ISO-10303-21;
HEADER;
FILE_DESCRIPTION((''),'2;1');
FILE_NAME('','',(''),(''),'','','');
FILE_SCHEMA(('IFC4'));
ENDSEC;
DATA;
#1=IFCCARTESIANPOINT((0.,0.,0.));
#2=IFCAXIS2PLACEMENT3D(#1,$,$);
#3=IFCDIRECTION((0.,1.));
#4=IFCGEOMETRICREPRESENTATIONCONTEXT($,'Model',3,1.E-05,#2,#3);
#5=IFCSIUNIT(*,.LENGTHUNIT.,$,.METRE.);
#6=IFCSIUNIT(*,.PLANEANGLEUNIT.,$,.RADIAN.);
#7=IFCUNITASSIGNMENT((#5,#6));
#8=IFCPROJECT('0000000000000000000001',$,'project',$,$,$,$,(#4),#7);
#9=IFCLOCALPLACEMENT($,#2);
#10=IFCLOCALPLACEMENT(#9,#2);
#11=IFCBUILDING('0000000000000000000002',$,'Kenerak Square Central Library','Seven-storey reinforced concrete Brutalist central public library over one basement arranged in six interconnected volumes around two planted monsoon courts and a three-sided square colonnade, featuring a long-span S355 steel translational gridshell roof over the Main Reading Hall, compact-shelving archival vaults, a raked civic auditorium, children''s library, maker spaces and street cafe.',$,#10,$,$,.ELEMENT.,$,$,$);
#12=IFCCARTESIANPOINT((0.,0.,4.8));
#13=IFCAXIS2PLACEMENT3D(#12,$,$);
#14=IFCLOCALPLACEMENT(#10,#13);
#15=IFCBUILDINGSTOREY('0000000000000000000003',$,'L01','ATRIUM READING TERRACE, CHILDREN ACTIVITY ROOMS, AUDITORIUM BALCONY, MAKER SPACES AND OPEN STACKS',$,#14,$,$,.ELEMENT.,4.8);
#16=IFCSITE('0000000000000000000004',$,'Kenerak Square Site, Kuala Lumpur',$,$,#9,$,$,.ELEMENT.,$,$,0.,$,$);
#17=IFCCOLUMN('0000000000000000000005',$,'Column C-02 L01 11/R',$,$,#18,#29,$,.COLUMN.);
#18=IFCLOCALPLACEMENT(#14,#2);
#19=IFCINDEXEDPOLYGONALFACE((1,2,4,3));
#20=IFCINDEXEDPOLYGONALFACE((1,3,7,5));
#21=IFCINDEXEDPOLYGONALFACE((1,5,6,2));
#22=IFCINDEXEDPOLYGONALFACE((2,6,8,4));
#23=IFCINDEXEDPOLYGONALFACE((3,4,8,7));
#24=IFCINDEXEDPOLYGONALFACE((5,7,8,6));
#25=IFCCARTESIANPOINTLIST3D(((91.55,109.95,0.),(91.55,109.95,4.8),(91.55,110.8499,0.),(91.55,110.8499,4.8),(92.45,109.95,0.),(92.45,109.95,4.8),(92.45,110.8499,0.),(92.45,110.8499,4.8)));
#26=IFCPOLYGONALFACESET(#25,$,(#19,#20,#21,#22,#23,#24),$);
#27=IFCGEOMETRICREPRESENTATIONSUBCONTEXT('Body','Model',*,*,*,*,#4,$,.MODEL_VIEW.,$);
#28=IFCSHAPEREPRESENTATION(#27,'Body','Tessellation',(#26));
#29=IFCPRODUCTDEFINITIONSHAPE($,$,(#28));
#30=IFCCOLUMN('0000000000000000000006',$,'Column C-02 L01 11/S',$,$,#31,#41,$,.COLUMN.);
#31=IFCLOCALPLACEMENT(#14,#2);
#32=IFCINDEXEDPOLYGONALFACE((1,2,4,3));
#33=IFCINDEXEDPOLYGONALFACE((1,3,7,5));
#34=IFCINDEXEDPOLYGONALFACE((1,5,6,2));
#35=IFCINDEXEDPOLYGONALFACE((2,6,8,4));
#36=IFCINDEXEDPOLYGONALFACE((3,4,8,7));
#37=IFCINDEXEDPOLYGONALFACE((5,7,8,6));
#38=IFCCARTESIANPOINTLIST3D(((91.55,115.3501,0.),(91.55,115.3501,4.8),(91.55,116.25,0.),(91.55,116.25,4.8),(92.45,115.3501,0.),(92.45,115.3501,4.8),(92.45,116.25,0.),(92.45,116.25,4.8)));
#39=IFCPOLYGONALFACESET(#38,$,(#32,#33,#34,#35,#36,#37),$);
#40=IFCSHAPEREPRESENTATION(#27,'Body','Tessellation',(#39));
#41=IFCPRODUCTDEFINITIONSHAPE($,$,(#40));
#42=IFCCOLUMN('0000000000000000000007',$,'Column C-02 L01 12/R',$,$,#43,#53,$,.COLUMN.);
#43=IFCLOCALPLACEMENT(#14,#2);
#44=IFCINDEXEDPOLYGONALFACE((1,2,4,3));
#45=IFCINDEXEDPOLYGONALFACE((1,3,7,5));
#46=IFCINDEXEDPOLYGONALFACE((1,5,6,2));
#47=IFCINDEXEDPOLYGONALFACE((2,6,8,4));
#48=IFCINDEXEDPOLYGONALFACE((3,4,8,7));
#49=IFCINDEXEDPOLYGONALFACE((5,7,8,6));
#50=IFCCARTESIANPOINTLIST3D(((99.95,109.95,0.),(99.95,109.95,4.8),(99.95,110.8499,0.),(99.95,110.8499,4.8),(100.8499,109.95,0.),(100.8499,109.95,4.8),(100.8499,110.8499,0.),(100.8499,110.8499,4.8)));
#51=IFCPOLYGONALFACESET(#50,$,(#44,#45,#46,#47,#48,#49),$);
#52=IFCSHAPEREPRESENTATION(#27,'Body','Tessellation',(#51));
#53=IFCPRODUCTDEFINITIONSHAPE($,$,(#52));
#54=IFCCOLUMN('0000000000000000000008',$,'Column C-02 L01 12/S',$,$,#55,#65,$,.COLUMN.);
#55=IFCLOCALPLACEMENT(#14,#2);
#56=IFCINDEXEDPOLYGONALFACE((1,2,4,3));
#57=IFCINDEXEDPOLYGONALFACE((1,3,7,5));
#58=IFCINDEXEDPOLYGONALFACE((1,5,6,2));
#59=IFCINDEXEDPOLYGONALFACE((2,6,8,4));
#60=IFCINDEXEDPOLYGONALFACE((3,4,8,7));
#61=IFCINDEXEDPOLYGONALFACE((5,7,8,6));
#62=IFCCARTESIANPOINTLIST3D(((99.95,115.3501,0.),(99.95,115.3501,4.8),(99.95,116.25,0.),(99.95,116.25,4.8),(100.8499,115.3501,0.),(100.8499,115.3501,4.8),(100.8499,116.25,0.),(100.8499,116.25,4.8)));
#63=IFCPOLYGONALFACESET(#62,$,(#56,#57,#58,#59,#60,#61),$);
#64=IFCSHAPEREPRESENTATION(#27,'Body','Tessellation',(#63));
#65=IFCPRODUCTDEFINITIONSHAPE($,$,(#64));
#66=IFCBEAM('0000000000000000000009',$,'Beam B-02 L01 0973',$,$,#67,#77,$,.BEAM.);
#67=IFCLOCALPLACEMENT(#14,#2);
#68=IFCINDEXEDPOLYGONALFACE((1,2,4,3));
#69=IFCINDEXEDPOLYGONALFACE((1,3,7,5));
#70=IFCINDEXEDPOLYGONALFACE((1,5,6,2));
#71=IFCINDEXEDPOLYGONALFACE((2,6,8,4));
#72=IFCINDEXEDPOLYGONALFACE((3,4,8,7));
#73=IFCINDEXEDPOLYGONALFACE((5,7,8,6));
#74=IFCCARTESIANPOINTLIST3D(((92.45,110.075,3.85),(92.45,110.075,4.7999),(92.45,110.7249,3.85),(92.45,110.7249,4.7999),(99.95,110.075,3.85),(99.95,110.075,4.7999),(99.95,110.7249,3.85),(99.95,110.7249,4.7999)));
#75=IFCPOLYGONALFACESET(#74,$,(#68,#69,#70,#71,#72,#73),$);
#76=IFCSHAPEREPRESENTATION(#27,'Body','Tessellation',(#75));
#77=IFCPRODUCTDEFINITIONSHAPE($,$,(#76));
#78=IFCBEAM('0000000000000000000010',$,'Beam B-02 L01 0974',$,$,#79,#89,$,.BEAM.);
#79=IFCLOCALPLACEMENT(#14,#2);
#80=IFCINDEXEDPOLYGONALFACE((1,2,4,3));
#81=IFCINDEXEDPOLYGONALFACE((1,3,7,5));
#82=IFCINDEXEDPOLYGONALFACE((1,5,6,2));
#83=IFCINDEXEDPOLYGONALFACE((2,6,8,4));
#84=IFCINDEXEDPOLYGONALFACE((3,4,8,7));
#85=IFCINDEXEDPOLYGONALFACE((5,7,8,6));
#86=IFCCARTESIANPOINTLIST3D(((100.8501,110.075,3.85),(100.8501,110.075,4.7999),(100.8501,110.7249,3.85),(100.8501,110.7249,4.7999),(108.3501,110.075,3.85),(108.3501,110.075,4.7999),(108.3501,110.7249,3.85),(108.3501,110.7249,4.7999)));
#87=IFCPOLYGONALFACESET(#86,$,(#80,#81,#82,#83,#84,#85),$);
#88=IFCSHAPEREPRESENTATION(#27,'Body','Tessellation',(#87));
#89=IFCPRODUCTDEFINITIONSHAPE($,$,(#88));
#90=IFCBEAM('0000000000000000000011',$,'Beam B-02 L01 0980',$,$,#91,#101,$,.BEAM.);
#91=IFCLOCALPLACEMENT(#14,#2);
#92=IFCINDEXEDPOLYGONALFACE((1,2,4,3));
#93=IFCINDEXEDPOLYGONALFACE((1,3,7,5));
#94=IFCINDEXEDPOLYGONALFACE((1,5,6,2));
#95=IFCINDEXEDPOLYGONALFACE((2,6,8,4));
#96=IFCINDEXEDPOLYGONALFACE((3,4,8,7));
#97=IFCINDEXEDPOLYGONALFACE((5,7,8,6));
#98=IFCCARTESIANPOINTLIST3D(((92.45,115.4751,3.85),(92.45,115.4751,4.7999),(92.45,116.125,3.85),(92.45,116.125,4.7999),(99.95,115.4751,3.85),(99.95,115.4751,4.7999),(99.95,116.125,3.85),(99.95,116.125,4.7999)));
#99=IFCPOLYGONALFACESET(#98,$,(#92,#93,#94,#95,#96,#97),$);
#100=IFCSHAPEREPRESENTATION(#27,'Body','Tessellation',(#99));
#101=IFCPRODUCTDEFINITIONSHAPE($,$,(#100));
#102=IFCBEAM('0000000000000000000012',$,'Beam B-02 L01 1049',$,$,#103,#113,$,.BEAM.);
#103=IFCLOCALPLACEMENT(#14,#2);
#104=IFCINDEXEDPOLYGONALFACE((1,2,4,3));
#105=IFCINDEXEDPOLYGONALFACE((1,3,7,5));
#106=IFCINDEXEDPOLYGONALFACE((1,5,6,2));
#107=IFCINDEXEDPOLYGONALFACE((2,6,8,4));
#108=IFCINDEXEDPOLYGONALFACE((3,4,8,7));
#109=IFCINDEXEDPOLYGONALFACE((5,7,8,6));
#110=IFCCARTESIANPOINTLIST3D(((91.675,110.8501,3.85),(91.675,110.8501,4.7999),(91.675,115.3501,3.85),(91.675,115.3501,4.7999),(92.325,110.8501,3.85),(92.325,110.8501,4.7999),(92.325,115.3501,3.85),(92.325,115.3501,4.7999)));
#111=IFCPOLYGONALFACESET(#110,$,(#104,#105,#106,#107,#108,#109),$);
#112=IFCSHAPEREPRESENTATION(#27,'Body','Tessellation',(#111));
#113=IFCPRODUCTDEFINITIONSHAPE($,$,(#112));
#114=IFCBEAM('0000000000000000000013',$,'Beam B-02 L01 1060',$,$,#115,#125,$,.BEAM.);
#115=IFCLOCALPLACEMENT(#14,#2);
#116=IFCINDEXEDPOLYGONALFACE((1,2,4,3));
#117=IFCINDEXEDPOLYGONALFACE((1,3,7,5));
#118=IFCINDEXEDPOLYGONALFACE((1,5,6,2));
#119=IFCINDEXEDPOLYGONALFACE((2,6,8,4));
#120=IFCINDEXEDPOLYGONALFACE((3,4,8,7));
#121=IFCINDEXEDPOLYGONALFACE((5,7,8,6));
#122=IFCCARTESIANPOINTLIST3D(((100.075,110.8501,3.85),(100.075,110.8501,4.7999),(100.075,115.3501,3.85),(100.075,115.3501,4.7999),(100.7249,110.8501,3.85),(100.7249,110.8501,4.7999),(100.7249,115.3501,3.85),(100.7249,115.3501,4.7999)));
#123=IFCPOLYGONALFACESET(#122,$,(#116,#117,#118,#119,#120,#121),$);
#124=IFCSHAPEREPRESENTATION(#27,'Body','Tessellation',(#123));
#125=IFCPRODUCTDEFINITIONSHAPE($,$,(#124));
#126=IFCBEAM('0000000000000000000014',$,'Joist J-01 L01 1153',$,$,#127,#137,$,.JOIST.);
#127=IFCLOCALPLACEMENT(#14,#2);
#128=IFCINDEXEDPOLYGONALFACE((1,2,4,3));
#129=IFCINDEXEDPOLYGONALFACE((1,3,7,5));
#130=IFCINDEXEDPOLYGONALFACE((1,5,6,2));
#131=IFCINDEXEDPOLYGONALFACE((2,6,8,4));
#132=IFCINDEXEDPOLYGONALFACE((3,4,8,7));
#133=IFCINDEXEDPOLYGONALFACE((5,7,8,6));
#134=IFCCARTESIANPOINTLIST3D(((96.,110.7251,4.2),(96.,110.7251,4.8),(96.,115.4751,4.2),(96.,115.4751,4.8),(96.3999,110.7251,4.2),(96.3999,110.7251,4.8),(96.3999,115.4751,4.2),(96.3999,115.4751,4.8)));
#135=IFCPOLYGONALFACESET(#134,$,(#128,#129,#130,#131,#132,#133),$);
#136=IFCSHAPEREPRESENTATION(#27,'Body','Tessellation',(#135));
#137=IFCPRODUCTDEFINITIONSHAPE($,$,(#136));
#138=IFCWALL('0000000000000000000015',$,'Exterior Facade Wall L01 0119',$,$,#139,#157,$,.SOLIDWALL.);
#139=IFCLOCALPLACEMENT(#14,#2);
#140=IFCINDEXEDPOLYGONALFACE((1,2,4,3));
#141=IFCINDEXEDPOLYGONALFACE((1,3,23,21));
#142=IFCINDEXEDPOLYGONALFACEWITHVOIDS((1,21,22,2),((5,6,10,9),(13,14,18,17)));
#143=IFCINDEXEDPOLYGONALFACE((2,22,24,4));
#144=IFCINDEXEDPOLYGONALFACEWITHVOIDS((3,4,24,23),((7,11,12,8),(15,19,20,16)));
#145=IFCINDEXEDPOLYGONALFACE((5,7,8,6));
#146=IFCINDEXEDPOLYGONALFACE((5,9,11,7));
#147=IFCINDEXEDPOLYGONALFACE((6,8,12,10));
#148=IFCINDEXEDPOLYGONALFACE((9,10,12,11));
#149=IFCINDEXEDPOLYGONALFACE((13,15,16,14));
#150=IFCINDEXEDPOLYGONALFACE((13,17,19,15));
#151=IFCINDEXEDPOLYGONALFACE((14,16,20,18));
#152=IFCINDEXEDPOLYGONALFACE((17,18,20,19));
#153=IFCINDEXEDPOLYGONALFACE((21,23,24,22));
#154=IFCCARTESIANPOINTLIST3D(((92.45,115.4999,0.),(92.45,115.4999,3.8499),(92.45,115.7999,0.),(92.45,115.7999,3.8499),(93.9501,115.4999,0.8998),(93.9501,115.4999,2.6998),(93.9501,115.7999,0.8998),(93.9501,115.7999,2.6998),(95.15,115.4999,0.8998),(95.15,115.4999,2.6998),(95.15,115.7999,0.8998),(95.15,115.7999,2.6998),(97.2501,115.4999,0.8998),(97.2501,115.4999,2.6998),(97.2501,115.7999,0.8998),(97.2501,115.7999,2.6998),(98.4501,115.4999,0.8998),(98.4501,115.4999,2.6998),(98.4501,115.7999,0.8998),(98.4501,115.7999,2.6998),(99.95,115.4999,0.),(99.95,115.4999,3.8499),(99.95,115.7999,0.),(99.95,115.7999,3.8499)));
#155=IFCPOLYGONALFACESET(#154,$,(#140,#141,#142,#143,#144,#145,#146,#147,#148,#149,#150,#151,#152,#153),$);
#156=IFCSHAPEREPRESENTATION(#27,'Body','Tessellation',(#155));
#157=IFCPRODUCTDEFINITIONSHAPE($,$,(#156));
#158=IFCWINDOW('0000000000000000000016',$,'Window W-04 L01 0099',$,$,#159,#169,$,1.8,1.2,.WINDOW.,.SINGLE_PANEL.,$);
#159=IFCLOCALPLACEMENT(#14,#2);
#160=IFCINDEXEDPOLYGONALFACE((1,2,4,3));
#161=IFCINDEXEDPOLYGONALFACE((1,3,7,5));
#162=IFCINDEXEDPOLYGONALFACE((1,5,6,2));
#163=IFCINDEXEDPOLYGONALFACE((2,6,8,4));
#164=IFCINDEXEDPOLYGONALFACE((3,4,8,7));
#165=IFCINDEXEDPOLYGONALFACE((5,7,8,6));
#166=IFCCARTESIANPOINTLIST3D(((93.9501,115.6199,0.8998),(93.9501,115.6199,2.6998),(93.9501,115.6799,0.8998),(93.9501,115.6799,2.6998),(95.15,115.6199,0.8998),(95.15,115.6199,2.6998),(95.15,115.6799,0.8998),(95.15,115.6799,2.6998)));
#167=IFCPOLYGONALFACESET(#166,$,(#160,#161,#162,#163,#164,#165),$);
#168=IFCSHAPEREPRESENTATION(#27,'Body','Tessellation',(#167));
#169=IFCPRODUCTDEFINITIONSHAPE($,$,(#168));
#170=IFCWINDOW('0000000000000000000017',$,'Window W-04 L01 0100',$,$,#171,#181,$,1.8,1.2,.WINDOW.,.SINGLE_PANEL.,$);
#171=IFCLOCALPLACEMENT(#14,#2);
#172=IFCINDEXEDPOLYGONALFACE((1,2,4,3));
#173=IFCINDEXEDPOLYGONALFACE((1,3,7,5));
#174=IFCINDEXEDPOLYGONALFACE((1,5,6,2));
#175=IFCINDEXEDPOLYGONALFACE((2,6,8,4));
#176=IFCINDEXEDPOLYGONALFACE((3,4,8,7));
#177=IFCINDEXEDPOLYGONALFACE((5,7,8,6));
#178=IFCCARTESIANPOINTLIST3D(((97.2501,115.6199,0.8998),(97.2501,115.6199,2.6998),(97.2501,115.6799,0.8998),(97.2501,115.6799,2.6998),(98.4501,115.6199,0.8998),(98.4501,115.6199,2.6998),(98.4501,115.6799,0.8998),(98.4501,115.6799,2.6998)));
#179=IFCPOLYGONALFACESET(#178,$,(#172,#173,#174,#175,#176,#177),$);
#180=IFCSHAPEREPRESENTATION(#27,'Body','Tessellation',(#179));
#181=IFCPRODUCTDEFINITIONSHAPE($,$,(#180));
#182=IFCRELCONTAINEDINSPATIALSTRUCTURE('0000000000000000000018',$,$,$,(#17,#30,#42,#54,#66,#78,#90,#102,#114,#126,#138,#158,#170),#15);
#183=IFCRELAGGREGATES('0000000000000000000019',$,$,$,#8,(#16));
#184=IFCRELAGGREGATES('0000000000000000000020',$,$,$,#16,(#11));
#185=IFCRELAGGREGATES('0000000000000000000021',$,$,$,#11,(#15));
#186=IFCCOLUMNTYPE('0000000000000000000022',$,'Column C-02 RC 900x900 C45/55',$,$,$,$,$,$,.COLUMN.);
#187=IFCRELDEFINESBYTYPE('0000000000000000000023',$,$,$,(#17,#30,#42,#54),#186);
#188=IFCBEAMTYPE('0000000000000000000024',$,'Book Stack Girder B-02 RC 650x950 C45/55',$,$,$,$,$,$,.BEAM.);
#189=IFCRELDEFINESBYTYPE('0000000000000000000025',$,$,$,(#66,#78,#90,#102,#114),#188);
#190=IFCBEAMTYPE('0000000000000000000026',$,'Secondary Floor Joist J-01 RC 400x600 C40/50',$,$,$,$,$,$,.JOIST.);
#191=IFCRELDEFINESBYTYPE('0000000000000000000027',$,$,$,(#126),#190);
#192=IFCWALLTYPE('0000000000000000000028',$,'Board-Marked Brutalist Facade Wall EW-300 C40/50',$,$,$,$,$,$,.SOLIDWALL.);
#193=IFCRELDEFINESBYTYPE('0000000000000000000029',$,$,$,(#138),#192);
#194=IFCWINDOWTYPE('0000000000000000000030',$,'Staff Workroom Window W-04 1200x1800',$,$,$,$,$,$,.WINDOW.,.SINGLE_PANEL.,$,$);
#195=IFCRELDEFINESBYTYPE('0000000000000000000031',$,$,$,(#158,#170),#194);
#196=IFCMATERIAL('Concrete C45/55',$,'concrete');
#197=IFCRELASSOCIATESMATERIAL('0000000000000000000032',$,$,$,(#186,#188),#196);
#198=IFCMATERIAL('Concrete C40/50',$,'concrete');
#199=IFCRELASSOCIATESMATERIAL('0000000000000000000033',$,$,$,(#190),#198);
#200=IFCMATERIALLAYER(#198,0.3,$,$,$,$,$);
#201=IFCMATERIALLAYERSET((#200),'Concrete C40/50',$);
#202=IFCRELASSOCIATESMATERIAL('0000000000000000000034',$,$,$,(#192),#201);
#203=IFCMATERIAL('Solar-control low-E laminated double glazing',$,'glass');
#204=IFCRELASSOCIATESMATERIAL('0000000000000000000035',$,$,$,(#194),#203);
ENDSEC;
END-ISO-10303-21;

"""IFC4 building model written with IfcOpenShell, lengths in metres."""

from ifc_helpers import new_model, si_unit, direction, frame, frame_2d, origin, origin_2d, place, context, subcontext, project, spatial, rectangle, extrude, material, layer, layer_set, material_profile, profile_set, type_object, element, fill, save


model = new_model("IFC4")

# Units and contexts
model_context = context("Model", 3, precision=1e-05, world=origin(), true_north=direction((0.0, 1.0)))
body_context = subcontext(model_context, "Body", "Model", "MODEL_VIEW")
ifc_project = project(units=[si_unit("LENGTHUNIT", "METRE"), si_unit("PLANEANGLEUNIT", "RADIAN")], contexts=[model_context])

# Site, building, storey
site_placement = place(None, origin())
site = spatial("IfcSite", under=ifc_project, at=site_placement, Name="Kenerak Square Site, Kuala Lumpur", CompositionType="ELEMENT", RefElevation=0.0)
building_placement = place(site_placement, origin())
building = spatial("IfcBuilding", under=site, at=building_placement, Name="Kenerak Square Central Library", Description="Seven-storey reinforced concrete Brutalist central public library over one basement arranged in six interconnected volumes around two planted monsoon courts and a three-sided square colonnade, featuring a long-span S355 steel translational gridshell roof over the Main Reading Hall, compact-shelving archival vaults, a raked civic auditorium, children's library, maker spaces and street cafe.", CompositionType="ELEMENT")
storey_placement = place(building_placement, frame((0.0, 0.0, 4.8)))
storey = spatial("IfcBuildingStorey", under=building, at=storey_placement, Name="L01", Description="ATRIUM READING TERRACE, CHILDREN ACTIVITY ROOMS, AUDITORIUM BALCONY, MAKER SPACES AND OPEN STACKS", CompositionType="ELEMENT", Elevation=4.8)

# Columns
ifc_material_1 = material(Name="Concrete C45/55", Category="concrete")
ifc_material_profile_1 = material_profile(ifc_material_1, rectangle(XDim=0.8999, YDim=0.8999, at=origin_2d()), Name="RC 900x900")
ifc_profile_set_1 = profile_set([ifc_material_profile_1], Name="Concrete C45/55")
column_type = type_object("IfcColumnType", Name="Column C-02 RC 900x900 C45/55", PredefinedType="COLUMN", material=ifc_profile_set_1)
for number, where, z_axis, x_axis, name in (
    (1, (92.0, 110.3999, 0.0), (0.0, 0.0, 1.0), (1.0, 0.0, 0.0), "Column C-02 L01 11/R"),
    (2, (92.0, 115.8, 0.0), (0.0, 0.0, 1.0), (1.0, 0.0, 0.0), "Column C-02 L01 11/S"),
    (3, (100.3999, 110.3999, 0.0), (0.0, 0.0, 1.0), (1.0, 0.0, 0.0), "Column C-02 L01 12/R"),
    (4, (100.3999, 115.8, 0.0), (0.0, 0.0, 1.0), (1.0, 0.0, 0.0), "Column C-02 L01 12/S"),
):
    element("IfcColumn", number, at=place(storey_placement, frame(where, z_axis=z_axis, x_axis=x_axis)), inside=storey, type_object=column_type, Name=name, PredefinedType="COLUMN", context=body_context, shape_type="SweptSolid", body=[
        extrude(rectangle(XDim=0.8999, YDim=0.8999, at=origin_2d()), origin(), (0.0, 0.0, 1.0), 4.8),
    ])

# Beams
ifc_material_profile_2 = material_profile(ifc_material_1, rectangle(XDim=0.6499, YDim=0.95, at=origin_2d()), Name="RC 650x950")
ifc_profile_set_2 = profile_set([ifc_material_profile_2], Name="Concrete C45/55")
beam_type_1 = type_object("IfcBeamType", Name="Book Stack Girder B-02 RC 650x950 C45/55", PredefinedType="BEAM", material=ifc_profile_set_2)
for number, where, z_axis, x_axis, name in (
    (5, (92.45, 110.3999, 4.325), (1.0, 0.0, 0.0), (0.0, 1.0, 0.0), "Beam B-02 L01 0973"),
    (6, (100.8501, 110.3999, 4.325), (1.0, 0.0, 0.0), (0.0, 1.0, 0.0), "Beam B-02 L01 0974"),
    (7, (92.45, 115.8, 4.325), (1.0, 0.0, 0.0), (0.0, 1.0, 0.0), "Beam B-02 L01 0980"),
):
    element("IfcBeam", number, at=place(storey_placement, frame(where, z_axis=z_axis, x_axis=x_axis)), inside=storey, type_object=beam_type_1, Name=name, PredefinedType="BEAM", context=body_context, shape_type="SweptSolid", body=[
        extrude(rectangle(XDim=0.6499, YDim=0.95, at=origin_2d()), origin(), (0.0, 0.0, 1.0), 7.5),
    ])
for number, where, z_axis, x_axis, name in (
    (8, (92.0, 110.8501, 4.325), (0.0, 1.0, 0.0), (-1.0, 0.0, 0.0), "Beam B-02 L01 1049"),
    (9, (100.3999, 110.8501, 4.325), (0.0, 1.0, 0.0), (-1.0, 0.0, 0.0), "Beam B-02 L01 1060"),
):
    element("IfcBeam", number, at=place(storey_placement, frame(where, z_axis=z_axis, x_axis=x_axis)), inside=storey, type_object=beam_type_1, Name=name, PredefinedType="BEAM", context=body_context, shape_type="SweptSolid", body=[
        extrude(rectangle(XDim=0.6499, YDim=0.95, at=origin_2d()), origin(), (0.0, 0.0, 1.0), 4.5),
    ])
ifc_material_2 = material(Name="Concrete C40/50", Category="concrete")
ifc_material_profile_3 = material_profile(ifc_material_2, rectangle(XDim=0.3999, YDim=0.6001, at=origin_2d()), Name="RC 400x600")
ifc_profile_set_3 = profile_set([ifc_material_profile_3], Name="Concrete C40/50")
beam_type_2 = type_object("IfcBeamType", Name="Secondary Floor Joist J-01 RC 400x600 C40/50", PredefinedType="JOIST", material=ifc_profile_set_3)
beam_placement = place(storey_placement, frame((96.2, 110.7251, 4.5), z_axis=(0.0, 1.0, 0.0), x_axis=(-1.0, 0.0, 0.0)))
element("IfcBeam", 10, at=beam_placement, inside=storey, type_object=beam_type_2, Name="Joist J-01 L01 1153", PredefinedType="JOIST", context=body_context, shape_type="SweptSolid", body=[
    extrude(rectangle(XDim=0.3999, YDim=0.6001, at=origin_2d()), origin(), (0.0, 0.0, 1.0), 4.75),
])

# Wall, openings, windows
ifc_layer_1 = layer(ifc_material_2, 0.3)
ifc_layer_set_1 = layer_set([ifc_layer_1], Name="Concrete C40/50")
wall_type_1 = type_object("IfcWallType", Name="Board-Marked Brutalist Facade Wall EW-300 C40/50", PredefinedType="SOLIDWALL", material=ifc_layer_set_1)
wall_1_placement = place(storey_placement, frame((92.45, 115.6499, 0.0), z_axis=(0.0, 0.0, 1.0), x_axis=(1.0, 0.0, 0.0)))
wall_1 = element("IfcWall", 11, at=wall_1_placement, inside=storey, type_object=wall_type_1, Name="Exterior Facade Wall L01 0119", PredefinedType="SOLIDWALL", context=body_context, shape_type="SweptSolid", body=[
    extrude(rectangle(XDim=7.5, YDim=0.3, at=frame_2d((3.75, 0.0))), origin(), (0.0, 0.0, 1.0), 3.8499),
])
opening_1_placement = place(wall_1_placement, frame((1.5, 0.0, 0.8999)))
opening_1 = element("IfcOpeningElement", 12, at=opening_1_placement, cuts=wall_1, PredefinedType="OPENING", context=body_context, shape_type="SweptSolid", body=[
    extrude(rectangle(XDim=1.2, YDim=1.8, at=frame_2d((0.6001, 0.8999))), frame((0.0, 0.1599, 0.0), z_axis=(0.0, -1.0, 0.0), x_axis=(1.0, 0.0, 0.0)), (0.0, 0.0, 1.0), 0.3201),
])
opening_2_placement = place(wall_1_placement, frame((4.8, 0.0, 0.8999)))
opening_2 = element("IfcOpeningElement", 13, at=opening_2_placement, cuts=wall_1, PredefinedType="OPENING", context=body_context, shape_type="SweptSolid", body=[
    extrude(rectangle(XDim=1.2, YDim=1.8, at=frame_2d((0.6001, 0.8999))), frame((0.0, 0.1599, 0.0), z_axis=(0.0, -1.0, 0.0), x_axis=(1.0, 0.0, 0.0)), (0.0, 0.0, 1.0), 0.3201),
])
ifc_material_3 = material(Name="Solar-control low-E laminated double glazing", Category="glass")
window_type = type_object("IfcWindowType", Name="Staff Workroom Window W-04 1200x1800", PartitioningType="SINGLE_PANEL", PredefinedType="WINDOW", material=ifc_material_3)
window_1_placement = place(opening_1_placement, origin())
window_1 = element("IfcWindow", 14, at=window_1_placement, inside=storey, type_object=window_type, Name="Window W-04 L01 0099", OverallHeight=1.8, OverallWidth=1.2, PartitioningType="SINGLE_PANEL", PredefinedType="WINDOW", context=body_context, shape_type="SweptSolid", body=[
    extrude(rectangle(XDim=1.2, YDim=1.8, at=frame_2d((0.6001, 0.8999))), frame((0.0, 0.03, 0.0), z_axis=(0.0, -1.0, 0.0), x_axis=(1.0, 0.0, 0.0)), (0.0, 0.0, 1.0), 0.0601),
])
fill(opening_1, window_1)
window_2_placement = place(opening_2_placement, origin())
window_2 = element("IfcWindow", 15, at=window_2_placement, inside=storey, type_object=window_type, Name="Window W-04 L01 0100", OverallHeight=1.8, OverallWidth=1.2, PartitioningType="SINGLE_PANEL", PredefinedType="WINDOW", context=body_context, shape_type="SweptSolid", body=[
    extrude(rectangle(XDim=1.2, YDim=1.8, at=frame_2d((0.6001, 0.8999))), frame((0.0, 0.03, 0.0), z_axis=(0.0, -1.0, 0.0), x_axis=(1.0, 0.0, 0.0)), (0.0, 0.0, 1.0), 0.0601),
])
fill(opening_2, window_2)

save(model, "model.ifc")
